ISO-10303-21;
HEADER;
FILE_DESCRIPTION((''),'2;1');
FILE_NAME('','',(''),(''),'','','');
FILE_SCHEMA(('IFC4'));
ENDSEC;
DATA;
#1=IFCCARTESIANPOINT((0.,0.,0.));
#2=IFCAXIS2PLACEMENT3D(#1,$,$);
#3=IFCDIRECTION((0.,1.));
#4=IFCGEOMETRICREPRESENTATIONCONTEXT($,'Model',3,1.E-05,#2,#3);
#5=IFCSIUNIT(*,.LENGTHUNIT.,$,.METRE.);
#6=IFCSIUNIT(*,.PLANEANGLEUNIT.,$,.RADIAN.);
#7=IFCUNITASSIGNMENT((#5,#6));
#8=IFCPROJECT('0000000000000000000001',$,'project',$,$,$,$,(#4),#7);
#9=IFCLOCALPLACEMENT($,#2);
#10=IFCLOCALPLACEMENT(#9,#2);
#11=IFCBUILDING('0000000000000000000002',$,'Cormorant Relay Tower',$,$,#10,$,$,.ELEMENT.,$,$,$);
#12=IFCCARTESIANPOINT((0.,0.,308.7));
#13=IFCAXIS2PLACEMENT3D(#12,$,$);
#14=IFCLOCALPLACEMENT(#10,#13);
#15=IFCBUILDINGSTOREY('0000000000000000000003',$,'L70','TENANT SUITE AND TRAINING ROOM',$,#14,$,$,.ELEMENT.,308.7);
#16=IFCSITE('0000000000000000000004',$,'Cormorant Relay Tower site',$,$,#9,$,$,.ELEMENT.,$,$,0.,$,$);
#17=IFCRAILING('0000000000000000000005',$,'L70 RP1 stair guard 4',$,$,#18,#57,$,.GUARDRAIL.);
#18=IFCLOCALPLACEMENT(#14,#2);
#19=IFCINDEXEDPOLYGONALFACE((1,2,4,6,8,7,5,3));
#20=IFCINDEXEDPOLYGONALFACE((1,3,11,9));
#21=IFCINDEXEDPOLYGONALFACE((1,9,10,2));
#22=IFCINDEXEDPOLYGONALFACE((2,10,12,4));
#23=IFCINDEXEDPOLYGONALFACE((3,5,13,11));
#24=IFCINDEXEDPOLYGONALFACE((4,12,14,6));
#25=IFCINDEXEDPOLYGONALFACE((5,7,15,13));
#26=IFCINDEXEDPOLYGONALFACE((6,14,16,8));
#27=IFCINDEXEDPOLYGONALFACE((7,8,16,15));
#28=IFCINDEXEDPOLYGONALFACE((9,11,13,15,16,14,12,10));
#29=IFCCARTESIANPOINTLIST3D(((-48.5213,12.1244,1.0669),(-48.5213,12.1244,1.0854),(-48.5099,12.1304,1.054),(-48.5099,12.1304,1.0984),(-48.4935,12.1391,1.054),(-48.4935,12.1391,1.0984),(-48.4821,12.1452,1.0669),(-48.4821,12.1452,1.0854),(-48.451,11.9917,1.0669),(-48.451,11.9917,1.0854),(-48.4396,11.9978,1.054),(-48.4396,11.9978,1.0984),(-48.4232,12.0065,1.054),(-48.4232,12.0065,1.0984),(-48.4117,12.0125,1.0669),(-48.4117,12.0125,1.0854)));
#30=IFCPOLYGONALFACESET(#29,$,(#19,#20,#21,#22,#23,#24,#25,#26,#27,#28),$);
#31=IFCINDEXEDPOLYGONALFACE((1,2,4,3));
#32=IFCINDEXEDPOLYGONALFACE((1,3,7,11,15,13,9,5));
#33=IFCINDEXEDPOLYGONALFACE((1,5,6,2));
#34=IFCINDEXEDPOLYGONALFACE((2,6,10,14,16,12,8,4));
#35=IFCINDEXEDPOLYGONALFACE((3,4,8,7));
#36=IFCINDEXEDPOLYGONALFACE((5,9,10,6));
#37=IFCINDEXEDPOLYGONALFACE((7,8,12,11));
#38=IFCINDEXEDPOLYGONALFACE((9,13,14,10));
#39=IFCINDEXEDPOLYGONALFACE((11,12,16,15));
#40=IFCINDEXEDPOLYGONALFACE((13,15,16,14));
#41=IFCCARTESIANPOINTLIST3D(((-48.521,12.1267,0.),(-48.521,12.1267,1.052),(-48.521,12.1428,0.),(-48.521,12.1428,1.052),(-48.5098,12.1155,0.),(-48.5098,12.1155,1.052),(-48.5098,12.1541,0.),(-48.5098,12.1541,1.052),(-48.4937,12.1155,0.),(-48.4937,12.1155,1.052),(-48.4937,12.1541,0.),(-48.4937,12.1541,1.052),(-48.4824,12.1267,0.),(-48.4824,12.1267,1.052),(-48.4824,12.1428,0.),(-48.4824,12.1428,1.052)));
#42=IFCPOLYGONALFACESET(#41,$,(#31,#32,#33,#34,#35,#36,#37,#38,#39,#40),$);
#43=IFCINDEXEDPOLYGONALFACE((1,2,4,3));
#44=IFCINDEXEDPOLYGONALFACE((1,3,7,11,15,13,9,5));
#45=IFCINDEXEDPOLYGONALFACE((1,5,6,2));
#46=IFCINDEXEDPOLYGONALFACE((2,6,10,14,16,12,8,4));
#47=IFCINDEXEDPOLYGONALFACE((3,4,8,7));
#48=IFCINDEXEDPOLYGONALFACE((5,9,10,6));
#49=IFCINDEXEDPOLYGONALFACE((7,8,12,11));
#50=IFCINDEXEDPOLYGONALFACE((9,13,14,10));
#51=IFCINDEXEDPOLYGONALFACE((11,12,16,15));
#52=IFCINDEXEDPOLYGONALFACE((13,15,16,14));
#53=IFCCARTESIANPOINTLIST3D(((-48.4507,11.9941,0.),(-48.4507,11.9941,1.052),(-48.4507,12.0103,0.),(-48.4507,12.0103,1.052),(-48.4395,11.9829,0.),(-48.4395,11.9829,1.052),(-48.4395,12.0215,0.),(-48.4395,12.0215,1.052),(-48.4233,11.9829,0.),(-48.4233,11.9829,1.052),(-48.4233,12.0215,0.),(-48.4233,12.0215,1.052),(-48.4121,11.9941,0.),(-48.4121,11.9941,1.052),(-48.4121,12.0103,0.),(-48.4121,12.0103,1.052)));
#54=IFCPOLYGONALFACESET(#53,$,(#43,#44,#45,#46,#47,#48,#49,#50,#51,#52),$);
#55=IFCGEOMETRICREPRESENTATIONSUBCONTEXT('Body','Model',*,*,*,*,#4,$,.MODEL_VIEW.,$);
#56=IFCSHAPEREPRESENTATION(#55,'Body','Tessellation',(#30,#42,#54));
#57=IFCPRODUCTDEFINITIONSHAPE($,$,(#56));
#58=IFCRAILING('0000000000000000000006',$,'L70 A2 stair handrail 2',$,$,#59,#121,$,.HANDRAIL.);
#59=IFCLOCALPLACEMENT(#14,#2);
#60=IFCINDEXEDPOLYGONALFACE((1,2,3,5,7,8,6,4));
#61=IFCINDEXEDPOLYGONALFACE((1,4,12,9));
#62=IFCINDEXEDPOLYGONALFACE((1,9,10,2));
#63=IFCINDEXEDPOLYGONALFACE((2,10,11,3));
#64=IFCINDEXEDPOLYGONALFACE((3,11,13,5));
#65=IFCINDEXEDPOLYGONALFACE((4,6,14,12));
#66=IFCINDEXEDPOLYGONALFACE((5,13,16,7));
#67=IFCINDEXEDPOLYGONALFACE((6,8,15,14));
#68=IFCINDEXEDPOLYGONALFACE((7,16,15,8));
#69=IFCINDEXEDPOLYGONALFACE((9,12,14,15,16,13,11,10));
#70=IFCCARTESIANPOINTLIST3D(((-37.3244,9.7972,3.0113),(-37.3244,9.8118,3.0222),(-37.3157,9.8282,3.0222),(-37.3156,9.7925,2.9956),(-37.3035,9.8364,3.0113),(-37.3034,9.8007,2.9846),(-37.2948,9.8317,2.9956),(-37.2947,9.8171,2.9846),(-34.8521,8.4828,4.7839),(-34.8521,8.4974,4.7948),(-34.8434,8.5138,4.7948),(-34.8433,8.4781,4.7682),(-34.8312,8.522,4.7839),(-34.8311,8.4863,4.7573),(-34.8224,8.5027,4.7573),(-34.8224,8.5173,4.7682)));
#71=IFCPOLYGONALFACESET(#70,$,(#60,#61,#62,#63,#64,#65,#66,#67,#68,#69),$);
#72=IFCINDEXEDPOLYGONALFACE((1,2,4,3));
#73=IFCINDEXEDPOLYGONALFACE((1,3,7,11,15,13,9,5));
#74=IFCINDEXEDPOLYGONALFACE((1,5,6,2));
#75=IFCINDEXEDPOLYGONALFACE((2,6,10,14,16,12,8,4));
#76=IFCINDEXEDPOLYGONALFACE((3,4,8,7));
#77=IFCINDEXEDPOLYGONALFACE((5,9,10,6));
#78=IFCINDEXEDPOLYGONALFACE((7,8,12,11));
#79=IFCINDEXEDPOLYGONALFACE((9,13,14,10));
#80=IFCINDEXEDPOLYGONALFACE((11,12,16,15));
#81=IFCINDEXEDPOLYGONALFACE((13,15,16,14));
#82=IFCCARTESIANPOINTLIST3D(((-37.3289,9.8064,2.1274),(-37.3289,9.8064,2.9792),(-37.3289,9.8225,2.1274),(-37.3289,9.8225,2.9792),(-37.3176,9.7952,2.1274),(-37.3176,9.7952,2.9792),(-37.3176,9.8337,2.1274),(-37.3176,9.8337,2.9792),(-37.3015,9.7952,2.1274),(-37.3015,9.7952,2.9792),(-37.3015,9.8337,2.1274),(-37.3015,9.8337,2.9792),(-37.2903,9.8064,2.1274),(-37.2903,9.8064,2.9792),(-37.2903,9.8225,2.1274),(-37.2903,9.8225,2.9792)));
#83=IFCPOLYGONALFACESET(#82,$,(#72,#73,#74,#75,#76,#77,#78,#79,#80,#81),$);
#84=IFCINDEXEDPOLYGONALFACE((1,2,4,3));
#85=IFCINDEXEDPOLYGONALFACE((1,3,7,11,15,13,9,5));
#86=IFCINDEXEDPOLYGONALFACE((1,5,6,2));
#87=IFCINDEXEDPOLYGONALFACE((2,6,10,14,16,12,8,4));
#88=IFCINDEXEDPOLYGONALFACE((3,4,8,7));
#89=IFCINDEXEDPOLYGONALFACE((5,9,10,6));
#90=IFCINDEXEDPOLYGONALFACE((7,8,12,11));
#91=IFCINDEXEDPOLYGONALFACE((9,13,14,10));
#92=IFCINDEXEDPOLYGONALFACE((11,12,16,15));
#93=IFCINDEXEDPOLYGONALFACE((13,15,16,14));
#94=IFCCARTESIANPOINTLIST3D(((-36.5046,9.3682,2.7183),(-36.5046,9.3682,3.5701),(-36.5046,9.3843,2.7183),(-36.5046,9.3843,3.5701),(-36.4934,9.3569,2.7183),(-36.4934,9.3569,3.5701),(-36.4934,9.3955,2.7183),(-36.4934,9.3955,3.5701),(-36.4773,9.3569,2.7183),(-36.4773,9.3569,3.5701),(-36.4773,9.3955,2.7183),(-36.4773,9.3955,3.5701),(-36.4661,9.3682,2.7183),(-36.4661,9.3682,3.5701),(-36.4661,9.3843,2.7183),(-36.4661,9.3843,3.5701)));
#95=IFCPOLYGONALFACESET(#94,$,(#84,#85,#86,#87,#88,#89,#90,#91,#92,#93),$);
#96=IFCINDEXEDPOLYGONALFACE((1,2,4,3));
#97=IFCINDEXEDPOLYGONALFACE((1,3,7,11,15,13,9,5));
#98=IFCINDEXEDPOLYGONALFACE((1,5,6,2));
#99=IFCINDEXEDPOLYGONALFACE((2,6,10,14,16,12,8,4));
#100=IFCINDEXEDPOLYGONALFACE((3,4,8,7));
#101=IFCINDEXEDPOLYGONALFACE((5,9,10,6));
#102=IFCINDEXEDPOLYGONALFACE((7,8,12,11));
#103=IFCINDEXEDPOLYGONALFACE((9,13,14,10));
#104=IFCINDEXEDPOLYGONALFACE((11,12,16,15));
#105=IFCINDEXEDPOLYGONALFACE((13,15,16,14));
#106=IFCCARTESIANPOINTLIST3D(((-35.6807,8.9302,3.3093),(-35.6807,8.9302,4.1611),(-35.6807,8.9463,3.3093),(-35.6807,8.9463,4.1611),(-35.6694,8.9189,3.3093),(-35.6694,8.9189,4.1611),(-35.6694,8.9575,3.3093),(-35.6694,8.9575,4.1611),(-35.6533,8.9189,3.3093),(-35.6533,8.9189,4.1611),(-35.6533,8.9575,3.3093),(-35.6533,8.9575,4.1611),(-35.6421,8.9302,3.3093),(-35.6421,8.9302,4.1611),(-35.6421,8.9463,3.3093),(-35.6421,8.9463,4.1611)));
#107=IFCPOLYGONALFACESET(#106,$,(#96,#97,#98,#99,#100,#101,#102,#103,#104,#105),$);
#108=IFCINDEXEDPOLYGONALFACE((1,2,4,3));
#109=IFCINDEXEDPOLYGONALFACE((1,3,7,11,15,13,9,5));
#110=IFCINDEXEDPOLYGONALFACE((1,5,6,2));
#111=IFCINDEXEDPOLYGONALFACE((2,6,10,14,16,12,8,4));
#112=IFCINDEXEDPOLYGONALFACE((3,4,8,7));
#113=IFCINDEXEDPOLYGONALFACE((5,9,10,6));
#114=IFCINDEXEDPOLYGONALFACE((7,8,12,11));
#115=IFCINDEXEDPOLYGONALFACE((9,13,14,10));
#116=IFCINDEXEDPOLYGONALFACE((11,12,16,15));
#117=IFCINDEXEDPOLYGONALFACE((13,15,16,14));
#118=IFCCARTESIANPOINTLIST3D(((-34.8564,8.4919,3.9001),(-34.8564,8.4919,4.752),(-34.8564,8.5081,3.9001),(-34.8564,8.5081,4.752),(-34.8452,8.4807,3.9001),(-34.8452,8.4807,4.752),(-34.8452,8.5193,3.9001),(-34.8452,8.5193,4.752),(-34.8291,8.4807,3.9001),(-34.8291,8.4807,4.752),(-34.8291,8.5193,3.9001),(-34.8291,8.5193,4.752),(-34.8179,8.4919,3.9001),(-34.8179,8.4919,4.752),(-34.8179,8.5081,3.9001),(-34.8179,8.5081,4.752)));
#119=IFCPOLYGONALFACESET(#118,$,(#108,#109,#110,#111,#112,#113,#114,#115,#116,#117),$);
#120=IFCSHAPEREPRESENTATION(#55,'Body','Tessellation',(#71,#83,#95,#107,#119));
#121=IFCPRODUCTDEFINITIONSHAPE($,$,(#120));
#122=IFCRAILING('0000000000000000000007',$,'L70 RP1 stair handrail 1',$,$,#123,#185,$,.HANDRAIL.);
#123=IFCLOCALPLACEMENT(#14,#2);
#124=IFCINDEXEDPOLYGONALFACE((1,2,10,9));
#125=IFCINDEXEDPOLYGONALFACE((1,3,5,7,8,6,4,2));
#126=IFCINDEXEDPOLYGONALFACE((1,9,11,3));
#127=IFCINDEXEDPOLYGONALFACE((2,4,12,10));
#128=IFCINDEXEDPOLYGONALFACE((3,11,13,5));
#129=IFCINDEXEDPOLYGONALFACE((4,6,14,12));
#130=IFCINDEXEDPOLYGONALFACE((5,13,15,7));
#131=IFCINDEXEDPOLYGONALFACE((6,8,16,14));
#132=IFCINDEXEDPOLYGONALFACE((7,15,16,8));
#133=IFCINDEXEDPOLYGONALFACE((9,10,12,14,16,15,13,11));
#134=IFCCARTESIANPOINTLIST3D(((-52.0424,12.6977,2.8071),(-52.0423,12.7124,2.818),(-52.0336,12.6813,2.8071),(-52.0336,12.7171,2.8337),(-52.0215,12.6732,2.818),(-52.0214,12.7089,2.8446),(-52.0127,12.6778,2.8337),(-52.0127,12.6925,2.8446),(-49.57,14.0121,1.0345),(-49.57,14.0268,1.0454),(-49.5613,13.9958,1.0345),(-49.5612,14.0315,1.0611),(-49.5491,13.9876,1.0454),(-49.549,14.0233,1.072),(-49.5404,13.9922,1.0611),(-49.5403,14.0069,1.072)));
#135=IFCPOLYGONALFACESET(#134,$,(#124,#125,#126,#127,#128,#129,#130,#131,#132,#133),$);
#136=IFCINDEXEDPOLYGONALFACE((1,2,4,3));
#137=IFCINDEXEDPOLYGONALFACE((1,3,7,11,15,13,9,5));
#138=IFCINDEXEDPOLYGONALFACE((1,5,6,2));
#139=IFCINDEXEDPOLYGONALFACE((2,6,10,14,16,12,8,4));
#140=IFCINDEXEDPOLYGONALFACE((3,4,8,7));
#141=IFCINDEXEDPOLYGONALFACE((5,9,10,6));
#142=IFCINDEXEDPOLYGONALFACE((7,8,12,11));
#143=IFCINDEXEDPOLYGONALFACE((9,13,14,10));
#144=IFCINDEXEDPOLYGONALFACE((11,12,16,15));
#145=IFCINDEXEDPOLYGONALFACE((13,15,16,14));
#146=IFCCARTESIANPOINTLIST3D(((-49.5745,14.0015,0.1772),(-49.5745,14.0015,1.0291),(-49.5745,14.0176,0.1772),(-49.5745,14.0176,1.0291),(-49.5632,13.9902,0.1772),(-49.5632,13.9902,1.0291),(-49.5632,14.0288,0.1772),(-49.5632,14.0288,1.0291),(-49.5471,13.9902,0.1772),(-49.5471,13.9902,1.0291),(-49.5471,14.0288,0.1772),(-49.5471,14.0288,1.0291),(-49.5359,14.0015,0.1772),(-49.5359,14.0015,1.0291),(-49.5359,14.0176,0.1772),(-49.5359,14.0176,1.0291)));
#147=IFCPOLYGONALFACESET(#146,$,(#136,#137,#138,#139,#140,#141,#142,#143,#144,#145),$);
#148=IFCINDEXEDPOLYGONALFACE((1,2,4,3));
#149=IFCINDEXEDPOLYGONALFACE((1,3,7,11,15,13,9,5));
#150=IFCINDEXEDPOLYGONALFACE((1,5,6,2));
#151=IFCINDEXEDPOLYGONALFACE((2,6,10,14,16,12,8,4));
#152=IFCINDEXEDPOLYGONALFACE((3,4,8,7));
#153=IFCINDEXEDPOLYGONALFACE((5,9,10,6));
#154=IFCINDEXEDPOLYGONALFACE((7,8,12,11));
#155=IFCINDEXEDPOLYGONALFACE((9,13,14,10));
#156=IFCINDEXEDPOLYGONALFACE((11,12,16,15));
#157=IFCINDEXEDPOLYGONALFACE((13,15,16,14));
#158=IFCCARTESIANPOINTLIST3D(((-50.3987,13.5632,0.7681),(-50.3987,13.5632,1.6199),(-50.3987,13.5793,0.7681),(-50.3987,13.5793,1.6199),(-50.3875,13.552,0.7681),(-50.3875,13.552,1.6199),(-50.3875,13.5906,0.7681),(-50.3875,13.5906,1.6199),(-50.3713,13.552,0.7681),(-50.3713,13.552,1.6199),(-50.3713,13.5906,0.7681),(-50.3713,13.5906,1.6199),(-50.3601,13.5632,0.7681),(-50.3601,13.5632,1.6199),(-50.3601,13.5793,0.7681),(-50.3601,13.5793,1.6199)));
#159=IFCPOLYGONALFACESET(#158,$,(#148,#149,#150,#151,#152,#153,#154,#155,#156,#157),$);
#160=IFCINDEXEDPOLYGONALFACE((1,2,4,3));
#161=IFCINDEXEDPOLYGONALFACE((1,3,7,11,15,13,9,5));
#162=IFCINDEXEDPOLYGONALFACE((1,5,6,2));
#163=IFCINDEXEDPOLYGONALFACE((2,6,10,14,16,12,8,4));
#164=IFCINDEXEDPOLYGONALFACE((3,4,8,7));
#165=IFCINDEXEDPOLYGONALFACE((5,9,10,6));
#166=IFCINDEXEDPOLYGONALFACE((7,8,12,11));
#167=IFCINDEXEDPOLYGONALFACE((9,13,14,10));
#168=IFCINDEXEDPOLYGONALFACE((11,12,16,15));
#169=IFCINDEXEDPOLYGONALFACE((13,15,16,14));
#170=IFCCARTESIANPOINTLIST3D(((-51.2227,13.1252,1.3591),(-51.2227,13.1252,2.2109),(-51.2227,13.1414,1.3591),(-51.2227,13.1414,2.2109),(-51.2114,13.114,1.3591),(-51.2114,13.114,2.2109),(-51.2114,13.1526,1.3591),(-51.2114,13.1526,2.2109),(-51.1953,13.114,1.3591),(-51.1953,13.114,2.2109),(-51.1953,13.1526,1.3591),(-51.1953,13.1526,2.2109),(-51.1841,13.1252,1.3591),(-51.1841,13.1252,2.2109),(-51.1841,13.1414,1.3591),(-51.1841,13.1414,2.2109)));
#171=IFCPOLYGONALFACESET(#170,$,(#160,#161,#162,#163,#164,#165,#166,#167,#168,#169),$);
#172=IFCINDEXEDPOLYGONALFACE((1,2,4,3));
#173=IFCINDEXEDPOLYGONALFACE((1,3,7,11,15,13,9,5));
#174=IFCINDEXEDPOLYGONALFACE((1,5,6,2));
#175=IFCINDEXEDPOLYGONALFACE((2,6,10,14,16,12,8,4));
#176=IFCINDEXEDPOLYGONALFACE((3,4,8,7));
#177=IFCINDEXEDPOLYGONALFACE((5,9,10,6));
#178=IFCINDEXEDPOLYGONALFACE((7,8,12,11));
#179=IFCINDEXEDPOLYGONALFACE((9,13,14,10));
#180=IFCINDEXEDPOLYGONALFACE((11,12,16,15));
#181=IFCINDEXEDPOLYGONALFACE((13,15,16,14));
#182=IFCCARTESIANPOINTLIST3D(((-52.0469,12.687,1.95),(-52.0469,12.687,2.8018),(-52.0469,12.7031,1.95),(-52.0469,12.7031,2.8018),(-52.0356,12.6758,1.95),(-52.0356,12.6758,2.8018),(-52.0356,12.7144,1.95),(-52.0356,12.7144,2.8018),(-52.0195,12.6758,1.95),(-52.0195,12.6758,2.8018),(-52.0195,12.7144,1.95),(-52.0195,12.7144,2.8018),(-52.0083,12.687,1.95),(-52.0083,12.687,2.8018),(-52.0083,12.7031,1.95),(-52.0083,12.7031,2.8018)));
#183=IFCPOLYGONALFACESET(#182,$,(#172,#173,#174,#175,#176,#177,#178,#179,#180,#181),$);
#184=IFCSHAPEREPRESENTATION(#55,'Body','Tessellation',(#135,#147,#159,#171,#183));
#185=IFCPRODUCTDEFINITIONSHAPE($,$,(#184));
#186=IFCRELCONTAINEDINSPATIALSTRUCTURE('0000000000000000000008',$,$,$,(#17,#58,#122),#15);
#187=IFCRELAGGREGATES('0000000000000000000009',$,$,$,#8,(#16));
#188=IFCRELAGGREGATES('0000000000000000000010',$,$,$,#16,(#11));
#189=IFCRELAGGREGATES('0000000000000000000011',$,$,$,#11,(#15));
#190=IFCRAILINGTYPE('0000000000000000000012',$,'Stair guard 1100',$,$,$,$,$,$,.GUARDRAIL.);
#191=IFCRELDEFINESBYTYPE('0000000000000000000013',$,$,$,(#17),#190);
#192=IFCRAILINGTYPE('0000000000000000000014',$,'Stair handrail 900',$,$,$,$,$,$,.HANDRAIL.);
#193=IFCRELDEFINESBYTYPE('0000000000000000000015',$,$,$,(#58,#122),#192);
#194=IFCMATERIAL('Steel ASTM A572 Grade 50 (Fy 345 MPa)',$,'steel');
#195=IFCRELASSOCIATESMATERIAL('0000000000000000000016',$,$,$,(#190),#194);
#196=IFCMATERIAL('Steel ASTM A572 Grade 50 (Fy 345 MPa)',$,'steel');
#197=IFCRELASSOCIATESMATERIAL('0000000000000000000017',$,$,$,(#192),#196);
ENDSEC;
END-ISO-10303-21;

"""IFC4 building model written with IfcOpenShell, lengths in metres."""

from ifc_helpers import new_model, si_unit, direction, frame, origin, place, context, subcontext, project, spatial, polyline, outline, extrude, material, type_object, element, save


model = new_model("IFC4")

# Units and contexts
model_context = context("Model", 3, precision=1e-05, world=origin(), true_north=direction((0.0, 1.0)))
body_context = subcontext(model_context, "Body", "Model", "MODEL_VIEW")
ifc_project = project(units=[si_unit("LENGTHUNIT", "METRE"), si_unit("PLANEANGLEUNIT", "RADIAN")], contexts=[model_context])

# Site, building, storey
site_placement = place(None, origin())
site = spatial("IfcSite", under=ifc_project, at=site_placement, Name="Cormorant Relay Tower site", CompositionType="ELEMENT", RefElevation=0.0)
building_placement = place(site_placement, origin())
building = spatial("IfcBuilding", under=site, at=building_placement, Name="Cormorant Relay Tower", CompositionType="ELEMENT")
storey_placement = place(building_placement, frame((0.0, 0.0, 308.7)))
storey = spatial("IfcBuildingStorey", under=building, at=storey_placement, Name="L70", Description="TENANT SUITE AND TRAINING ROOM", CompositionType="ELEMENT", Elevation=308.7)

# Railings
ifc_material_1 = material(Name="Steel ASTM A572 Grade 50 (Fy 345 MPa)", Category="steel")
railing_type_1 = type_object("IfcRailingType", Name="Stair guard 1100", PredefinedType="GUARDRAIL", material=ifc_material_1)
railing_1_placement = place(storey_placement, frame((-48.5017, 12.1348, 0.0)))
element("IfcRailing", 1, at=railing_1_placement, inside=storey, type_object=railing_type_1, Name="L70 RP1 stair guard 4", PredefinedType="GUARDRAIL", context=body_context, shape_type="SweptSolid", body=[
    extrude(outline(polyline([(0.0222, 0.0093), (0.0093, 0.0222), (-0.0093, 0.0222), (-0.0222, 0.0093), (-0.0222, -0.0093), (-0.0093, -0.0222), (0.0093, -0.0222), (0.0222, -0.0093), (0.0222, 0.0093)])), frame((0.0, 0.0, 1.0762), z_axis=(0.46856, -0.883431, 0.0), x_axis=(0.883431, 0.46856, 0.0)), (0.0, 0.0, 1.0), 0.1501),
    extrude(outline(polyline([(0.0193, 0.0081), (0.0081, 0.0193), (-0.0081, 0.0193), (-0.0193, 0.0081), (-0.0193, -0.0081), (-0.0081, -0.0193), (0.0081, -0.0193), (0.0193, -0.0081), (0.0193, 0.0081)])), origin(), (0.0, 0.0, 1.0), 1.052),
    extrude(outline(polyline([(0.0193, 0.0081), (0.0081, 0.0193), (-0.0081, 0.0193), (-0.0193, 0.0081), (-0.0193, -0.0081), (-0.0081, -0.0193), (0.0081, -0.0193), (0.0193, -0.0081), (0.0193, 0.0081)])), frame((0.0703, -0.1326, 0.0)), (0.0, 0.0, 1.0), 1.052),
])
ifc_material_2 = material(Name="Steel ASTM A572 Grade 50 (Fy 345 MPa)", Category="steel")
railing_type_2 = type_object("IfcRailingType", Name="Stair handrail 900", PredefinedType="HANDRAIL", material=ifc_material_2)
railing_2_placement = place(storey_placement, frame((-37.3096, 9.8145, 2.1274)))
element("IfcRailing", 2, at=railing_2_placement, inside=storey, type_object=railing_type_2, Name="L70 A2 stair handrail 2", PredefinedType="HANDRAIL", context=body_context, shape_type="SweptSolid", body=[
    extrude(outline(polyline([(0.0222, 0.0093), (0.0093, 0.0222), (-0.0093, 0.0222), (-0.0222, 0.0093), (-0.0222, -0.0093), (-0.0093, -0.0222), (0.0093, -0.0222), (0.0222, -0.0093), (0.0222, 0.0093)])), frame((0.0, 0.0, 0.876), z_axis=(0.746034, -0.396627, 0.534902), x_axis=(0.469429, 0.88297, 0.0)), (0.0, 0.0, 1.0), 3.314),
    extrude(outline(polyline([(0.0193, 0.0081), (0.0081, 0.0193), (-0.0081, 0.0193), (-0.0193, 0.0081), (-0.0193, -0.0081), (-0.0081, -0.0193), (0.0081, -0.0193), (0.0193, -0.0081), (0.0193, 0.0081)])), origin(), (0.0, 0.0, 1.0), 0.8518),
    extrude(outline(polyline([(0.0193, 0.0081), (0.0081, 0.0193), (-0.0081, 0.0193), (-0.0193, 0.0081), (-0.0193, -0.0081), (-0.0081, -0.0193), (0.0081, -0.0193), (0.0193, -0.0081), (0.0193, 0.0081)])), frame((0.8242, -0.4382, 0.5908)), (0.0, 0.0, 1.0), 0.8518),
    extrude(outline(polyline([(0.0193, 0.0081), (0.0081, 0.0193), (-0.0081, 0.0193), (-0.0193, 0.0081), (-0.0193, -0.0081), (-0.0081, -0.0193), (0.0081, -0.0193), (0.0193, -0.0081), (0.0193, 0.0081)])), frame((1.6482, -0.8762, 1.1819)), (0.0, 0.0, 1.0), 0.8518),
    extrude(outline(polyline([(0.0193, 0.0081), (0.0081, 0.0193), (-0.0081, 0.0193), (-0.0193, 0.0081), (-0.0193, -0.0081), (-0.0081, -0.0193), (0.0081, -0.0193), (0.0193, -0.0081), (0.0193, 0.0081)])), frame((2.4724, -1.3145, 1.7727)), (0.0, 0.0, 1.0), 0.8518),
])
railing_3_placement = place(storey_placement, frame((-49.5552, 14.0095, 0.1772)))
element("IfcRailing", 3, at=railing_3_placement, inside=storey, type_object=railing_type_2, Name="L70 RP1 stair handrail 1", PredefinedType="HANDRAIL", context=body_context, shape_type="SweptSolid", body=[
    extrude(outline(polyline([(0.0222, 0.0093), (0.0093, 0.0222), (-0.0093, 0.0222), (-0.0222, 0.0093), (-0.0222, -0.0093), (-0.0093, -0.0222), (0.0093, -0.0222), (0.0222, -0.0093), (0.0222, 0.0093)])), frame((0.0, 0.0, 0.876), z_axis=(-0.746034, -0.396627, 0.534902), x_axis=(0.469429, -0.88297, 0.0)), (0.0, 0.0, 1.0), 3.314),
    extrude(outline(polyline([(0.0193, 0.0081), (0.0081, 0.0193), (-0.0081, 0.0193), (-0.0193, 0.0081), (-0.0193, -0.0081), (-0.0081, -0.0193), (0.0081, -0.0193), (0.0193, -0.0081), (0.0193, 0.0081)])), origin(), (0.0, 0.0, 1.0), 0.8518),
    extrude(outline(polyline([(0.0193, 0.0081), (0.0081, 0.0193), (-0.0081, 0.0193), (-0.0193, 0.0081), (-0.0193, -0.0081), (-0.0081, -0.0193), (0.0081, -0.0193), (0.0193, -0.0081), (0.0193, 0.0081)])), frame((-0.8242, -0.4382, 0.5908)), (0.0, 0.0, 1.0), 0.8518),
    extrude(outline(polyline([(0.0193, 0.0081), (0.0081, 0.0193), (-0.0081, 0.0193), (-0.0193, 0.0081), (-0.0193, -0.0081), (-0.0081, -0.0193), (0.0081, -0.0193), (0.0193, -0.0081), (0.0193, 0.0081)])), frame((-1.6482, -0.8762, 1.1819)), (0.0, 0.0, 1.0), 0.8518),
    extrude(outline(polyline([(0.0193, 0.0081), (0.0081, 0.0193), (-0.0081, 0.0193), (-0.0193, 0.0081), (-0.0193, -0.0081), (-0.0081, -0.0193), (0.0081, -0.0193), (0.0193, -0.0081), (0.0193, 0.0081)])), frame((-2.4724, -1.3145, 1.7727)), (0.0, 0.0, 1.0), 0.8518),
])

save(model, "model.ifc")
